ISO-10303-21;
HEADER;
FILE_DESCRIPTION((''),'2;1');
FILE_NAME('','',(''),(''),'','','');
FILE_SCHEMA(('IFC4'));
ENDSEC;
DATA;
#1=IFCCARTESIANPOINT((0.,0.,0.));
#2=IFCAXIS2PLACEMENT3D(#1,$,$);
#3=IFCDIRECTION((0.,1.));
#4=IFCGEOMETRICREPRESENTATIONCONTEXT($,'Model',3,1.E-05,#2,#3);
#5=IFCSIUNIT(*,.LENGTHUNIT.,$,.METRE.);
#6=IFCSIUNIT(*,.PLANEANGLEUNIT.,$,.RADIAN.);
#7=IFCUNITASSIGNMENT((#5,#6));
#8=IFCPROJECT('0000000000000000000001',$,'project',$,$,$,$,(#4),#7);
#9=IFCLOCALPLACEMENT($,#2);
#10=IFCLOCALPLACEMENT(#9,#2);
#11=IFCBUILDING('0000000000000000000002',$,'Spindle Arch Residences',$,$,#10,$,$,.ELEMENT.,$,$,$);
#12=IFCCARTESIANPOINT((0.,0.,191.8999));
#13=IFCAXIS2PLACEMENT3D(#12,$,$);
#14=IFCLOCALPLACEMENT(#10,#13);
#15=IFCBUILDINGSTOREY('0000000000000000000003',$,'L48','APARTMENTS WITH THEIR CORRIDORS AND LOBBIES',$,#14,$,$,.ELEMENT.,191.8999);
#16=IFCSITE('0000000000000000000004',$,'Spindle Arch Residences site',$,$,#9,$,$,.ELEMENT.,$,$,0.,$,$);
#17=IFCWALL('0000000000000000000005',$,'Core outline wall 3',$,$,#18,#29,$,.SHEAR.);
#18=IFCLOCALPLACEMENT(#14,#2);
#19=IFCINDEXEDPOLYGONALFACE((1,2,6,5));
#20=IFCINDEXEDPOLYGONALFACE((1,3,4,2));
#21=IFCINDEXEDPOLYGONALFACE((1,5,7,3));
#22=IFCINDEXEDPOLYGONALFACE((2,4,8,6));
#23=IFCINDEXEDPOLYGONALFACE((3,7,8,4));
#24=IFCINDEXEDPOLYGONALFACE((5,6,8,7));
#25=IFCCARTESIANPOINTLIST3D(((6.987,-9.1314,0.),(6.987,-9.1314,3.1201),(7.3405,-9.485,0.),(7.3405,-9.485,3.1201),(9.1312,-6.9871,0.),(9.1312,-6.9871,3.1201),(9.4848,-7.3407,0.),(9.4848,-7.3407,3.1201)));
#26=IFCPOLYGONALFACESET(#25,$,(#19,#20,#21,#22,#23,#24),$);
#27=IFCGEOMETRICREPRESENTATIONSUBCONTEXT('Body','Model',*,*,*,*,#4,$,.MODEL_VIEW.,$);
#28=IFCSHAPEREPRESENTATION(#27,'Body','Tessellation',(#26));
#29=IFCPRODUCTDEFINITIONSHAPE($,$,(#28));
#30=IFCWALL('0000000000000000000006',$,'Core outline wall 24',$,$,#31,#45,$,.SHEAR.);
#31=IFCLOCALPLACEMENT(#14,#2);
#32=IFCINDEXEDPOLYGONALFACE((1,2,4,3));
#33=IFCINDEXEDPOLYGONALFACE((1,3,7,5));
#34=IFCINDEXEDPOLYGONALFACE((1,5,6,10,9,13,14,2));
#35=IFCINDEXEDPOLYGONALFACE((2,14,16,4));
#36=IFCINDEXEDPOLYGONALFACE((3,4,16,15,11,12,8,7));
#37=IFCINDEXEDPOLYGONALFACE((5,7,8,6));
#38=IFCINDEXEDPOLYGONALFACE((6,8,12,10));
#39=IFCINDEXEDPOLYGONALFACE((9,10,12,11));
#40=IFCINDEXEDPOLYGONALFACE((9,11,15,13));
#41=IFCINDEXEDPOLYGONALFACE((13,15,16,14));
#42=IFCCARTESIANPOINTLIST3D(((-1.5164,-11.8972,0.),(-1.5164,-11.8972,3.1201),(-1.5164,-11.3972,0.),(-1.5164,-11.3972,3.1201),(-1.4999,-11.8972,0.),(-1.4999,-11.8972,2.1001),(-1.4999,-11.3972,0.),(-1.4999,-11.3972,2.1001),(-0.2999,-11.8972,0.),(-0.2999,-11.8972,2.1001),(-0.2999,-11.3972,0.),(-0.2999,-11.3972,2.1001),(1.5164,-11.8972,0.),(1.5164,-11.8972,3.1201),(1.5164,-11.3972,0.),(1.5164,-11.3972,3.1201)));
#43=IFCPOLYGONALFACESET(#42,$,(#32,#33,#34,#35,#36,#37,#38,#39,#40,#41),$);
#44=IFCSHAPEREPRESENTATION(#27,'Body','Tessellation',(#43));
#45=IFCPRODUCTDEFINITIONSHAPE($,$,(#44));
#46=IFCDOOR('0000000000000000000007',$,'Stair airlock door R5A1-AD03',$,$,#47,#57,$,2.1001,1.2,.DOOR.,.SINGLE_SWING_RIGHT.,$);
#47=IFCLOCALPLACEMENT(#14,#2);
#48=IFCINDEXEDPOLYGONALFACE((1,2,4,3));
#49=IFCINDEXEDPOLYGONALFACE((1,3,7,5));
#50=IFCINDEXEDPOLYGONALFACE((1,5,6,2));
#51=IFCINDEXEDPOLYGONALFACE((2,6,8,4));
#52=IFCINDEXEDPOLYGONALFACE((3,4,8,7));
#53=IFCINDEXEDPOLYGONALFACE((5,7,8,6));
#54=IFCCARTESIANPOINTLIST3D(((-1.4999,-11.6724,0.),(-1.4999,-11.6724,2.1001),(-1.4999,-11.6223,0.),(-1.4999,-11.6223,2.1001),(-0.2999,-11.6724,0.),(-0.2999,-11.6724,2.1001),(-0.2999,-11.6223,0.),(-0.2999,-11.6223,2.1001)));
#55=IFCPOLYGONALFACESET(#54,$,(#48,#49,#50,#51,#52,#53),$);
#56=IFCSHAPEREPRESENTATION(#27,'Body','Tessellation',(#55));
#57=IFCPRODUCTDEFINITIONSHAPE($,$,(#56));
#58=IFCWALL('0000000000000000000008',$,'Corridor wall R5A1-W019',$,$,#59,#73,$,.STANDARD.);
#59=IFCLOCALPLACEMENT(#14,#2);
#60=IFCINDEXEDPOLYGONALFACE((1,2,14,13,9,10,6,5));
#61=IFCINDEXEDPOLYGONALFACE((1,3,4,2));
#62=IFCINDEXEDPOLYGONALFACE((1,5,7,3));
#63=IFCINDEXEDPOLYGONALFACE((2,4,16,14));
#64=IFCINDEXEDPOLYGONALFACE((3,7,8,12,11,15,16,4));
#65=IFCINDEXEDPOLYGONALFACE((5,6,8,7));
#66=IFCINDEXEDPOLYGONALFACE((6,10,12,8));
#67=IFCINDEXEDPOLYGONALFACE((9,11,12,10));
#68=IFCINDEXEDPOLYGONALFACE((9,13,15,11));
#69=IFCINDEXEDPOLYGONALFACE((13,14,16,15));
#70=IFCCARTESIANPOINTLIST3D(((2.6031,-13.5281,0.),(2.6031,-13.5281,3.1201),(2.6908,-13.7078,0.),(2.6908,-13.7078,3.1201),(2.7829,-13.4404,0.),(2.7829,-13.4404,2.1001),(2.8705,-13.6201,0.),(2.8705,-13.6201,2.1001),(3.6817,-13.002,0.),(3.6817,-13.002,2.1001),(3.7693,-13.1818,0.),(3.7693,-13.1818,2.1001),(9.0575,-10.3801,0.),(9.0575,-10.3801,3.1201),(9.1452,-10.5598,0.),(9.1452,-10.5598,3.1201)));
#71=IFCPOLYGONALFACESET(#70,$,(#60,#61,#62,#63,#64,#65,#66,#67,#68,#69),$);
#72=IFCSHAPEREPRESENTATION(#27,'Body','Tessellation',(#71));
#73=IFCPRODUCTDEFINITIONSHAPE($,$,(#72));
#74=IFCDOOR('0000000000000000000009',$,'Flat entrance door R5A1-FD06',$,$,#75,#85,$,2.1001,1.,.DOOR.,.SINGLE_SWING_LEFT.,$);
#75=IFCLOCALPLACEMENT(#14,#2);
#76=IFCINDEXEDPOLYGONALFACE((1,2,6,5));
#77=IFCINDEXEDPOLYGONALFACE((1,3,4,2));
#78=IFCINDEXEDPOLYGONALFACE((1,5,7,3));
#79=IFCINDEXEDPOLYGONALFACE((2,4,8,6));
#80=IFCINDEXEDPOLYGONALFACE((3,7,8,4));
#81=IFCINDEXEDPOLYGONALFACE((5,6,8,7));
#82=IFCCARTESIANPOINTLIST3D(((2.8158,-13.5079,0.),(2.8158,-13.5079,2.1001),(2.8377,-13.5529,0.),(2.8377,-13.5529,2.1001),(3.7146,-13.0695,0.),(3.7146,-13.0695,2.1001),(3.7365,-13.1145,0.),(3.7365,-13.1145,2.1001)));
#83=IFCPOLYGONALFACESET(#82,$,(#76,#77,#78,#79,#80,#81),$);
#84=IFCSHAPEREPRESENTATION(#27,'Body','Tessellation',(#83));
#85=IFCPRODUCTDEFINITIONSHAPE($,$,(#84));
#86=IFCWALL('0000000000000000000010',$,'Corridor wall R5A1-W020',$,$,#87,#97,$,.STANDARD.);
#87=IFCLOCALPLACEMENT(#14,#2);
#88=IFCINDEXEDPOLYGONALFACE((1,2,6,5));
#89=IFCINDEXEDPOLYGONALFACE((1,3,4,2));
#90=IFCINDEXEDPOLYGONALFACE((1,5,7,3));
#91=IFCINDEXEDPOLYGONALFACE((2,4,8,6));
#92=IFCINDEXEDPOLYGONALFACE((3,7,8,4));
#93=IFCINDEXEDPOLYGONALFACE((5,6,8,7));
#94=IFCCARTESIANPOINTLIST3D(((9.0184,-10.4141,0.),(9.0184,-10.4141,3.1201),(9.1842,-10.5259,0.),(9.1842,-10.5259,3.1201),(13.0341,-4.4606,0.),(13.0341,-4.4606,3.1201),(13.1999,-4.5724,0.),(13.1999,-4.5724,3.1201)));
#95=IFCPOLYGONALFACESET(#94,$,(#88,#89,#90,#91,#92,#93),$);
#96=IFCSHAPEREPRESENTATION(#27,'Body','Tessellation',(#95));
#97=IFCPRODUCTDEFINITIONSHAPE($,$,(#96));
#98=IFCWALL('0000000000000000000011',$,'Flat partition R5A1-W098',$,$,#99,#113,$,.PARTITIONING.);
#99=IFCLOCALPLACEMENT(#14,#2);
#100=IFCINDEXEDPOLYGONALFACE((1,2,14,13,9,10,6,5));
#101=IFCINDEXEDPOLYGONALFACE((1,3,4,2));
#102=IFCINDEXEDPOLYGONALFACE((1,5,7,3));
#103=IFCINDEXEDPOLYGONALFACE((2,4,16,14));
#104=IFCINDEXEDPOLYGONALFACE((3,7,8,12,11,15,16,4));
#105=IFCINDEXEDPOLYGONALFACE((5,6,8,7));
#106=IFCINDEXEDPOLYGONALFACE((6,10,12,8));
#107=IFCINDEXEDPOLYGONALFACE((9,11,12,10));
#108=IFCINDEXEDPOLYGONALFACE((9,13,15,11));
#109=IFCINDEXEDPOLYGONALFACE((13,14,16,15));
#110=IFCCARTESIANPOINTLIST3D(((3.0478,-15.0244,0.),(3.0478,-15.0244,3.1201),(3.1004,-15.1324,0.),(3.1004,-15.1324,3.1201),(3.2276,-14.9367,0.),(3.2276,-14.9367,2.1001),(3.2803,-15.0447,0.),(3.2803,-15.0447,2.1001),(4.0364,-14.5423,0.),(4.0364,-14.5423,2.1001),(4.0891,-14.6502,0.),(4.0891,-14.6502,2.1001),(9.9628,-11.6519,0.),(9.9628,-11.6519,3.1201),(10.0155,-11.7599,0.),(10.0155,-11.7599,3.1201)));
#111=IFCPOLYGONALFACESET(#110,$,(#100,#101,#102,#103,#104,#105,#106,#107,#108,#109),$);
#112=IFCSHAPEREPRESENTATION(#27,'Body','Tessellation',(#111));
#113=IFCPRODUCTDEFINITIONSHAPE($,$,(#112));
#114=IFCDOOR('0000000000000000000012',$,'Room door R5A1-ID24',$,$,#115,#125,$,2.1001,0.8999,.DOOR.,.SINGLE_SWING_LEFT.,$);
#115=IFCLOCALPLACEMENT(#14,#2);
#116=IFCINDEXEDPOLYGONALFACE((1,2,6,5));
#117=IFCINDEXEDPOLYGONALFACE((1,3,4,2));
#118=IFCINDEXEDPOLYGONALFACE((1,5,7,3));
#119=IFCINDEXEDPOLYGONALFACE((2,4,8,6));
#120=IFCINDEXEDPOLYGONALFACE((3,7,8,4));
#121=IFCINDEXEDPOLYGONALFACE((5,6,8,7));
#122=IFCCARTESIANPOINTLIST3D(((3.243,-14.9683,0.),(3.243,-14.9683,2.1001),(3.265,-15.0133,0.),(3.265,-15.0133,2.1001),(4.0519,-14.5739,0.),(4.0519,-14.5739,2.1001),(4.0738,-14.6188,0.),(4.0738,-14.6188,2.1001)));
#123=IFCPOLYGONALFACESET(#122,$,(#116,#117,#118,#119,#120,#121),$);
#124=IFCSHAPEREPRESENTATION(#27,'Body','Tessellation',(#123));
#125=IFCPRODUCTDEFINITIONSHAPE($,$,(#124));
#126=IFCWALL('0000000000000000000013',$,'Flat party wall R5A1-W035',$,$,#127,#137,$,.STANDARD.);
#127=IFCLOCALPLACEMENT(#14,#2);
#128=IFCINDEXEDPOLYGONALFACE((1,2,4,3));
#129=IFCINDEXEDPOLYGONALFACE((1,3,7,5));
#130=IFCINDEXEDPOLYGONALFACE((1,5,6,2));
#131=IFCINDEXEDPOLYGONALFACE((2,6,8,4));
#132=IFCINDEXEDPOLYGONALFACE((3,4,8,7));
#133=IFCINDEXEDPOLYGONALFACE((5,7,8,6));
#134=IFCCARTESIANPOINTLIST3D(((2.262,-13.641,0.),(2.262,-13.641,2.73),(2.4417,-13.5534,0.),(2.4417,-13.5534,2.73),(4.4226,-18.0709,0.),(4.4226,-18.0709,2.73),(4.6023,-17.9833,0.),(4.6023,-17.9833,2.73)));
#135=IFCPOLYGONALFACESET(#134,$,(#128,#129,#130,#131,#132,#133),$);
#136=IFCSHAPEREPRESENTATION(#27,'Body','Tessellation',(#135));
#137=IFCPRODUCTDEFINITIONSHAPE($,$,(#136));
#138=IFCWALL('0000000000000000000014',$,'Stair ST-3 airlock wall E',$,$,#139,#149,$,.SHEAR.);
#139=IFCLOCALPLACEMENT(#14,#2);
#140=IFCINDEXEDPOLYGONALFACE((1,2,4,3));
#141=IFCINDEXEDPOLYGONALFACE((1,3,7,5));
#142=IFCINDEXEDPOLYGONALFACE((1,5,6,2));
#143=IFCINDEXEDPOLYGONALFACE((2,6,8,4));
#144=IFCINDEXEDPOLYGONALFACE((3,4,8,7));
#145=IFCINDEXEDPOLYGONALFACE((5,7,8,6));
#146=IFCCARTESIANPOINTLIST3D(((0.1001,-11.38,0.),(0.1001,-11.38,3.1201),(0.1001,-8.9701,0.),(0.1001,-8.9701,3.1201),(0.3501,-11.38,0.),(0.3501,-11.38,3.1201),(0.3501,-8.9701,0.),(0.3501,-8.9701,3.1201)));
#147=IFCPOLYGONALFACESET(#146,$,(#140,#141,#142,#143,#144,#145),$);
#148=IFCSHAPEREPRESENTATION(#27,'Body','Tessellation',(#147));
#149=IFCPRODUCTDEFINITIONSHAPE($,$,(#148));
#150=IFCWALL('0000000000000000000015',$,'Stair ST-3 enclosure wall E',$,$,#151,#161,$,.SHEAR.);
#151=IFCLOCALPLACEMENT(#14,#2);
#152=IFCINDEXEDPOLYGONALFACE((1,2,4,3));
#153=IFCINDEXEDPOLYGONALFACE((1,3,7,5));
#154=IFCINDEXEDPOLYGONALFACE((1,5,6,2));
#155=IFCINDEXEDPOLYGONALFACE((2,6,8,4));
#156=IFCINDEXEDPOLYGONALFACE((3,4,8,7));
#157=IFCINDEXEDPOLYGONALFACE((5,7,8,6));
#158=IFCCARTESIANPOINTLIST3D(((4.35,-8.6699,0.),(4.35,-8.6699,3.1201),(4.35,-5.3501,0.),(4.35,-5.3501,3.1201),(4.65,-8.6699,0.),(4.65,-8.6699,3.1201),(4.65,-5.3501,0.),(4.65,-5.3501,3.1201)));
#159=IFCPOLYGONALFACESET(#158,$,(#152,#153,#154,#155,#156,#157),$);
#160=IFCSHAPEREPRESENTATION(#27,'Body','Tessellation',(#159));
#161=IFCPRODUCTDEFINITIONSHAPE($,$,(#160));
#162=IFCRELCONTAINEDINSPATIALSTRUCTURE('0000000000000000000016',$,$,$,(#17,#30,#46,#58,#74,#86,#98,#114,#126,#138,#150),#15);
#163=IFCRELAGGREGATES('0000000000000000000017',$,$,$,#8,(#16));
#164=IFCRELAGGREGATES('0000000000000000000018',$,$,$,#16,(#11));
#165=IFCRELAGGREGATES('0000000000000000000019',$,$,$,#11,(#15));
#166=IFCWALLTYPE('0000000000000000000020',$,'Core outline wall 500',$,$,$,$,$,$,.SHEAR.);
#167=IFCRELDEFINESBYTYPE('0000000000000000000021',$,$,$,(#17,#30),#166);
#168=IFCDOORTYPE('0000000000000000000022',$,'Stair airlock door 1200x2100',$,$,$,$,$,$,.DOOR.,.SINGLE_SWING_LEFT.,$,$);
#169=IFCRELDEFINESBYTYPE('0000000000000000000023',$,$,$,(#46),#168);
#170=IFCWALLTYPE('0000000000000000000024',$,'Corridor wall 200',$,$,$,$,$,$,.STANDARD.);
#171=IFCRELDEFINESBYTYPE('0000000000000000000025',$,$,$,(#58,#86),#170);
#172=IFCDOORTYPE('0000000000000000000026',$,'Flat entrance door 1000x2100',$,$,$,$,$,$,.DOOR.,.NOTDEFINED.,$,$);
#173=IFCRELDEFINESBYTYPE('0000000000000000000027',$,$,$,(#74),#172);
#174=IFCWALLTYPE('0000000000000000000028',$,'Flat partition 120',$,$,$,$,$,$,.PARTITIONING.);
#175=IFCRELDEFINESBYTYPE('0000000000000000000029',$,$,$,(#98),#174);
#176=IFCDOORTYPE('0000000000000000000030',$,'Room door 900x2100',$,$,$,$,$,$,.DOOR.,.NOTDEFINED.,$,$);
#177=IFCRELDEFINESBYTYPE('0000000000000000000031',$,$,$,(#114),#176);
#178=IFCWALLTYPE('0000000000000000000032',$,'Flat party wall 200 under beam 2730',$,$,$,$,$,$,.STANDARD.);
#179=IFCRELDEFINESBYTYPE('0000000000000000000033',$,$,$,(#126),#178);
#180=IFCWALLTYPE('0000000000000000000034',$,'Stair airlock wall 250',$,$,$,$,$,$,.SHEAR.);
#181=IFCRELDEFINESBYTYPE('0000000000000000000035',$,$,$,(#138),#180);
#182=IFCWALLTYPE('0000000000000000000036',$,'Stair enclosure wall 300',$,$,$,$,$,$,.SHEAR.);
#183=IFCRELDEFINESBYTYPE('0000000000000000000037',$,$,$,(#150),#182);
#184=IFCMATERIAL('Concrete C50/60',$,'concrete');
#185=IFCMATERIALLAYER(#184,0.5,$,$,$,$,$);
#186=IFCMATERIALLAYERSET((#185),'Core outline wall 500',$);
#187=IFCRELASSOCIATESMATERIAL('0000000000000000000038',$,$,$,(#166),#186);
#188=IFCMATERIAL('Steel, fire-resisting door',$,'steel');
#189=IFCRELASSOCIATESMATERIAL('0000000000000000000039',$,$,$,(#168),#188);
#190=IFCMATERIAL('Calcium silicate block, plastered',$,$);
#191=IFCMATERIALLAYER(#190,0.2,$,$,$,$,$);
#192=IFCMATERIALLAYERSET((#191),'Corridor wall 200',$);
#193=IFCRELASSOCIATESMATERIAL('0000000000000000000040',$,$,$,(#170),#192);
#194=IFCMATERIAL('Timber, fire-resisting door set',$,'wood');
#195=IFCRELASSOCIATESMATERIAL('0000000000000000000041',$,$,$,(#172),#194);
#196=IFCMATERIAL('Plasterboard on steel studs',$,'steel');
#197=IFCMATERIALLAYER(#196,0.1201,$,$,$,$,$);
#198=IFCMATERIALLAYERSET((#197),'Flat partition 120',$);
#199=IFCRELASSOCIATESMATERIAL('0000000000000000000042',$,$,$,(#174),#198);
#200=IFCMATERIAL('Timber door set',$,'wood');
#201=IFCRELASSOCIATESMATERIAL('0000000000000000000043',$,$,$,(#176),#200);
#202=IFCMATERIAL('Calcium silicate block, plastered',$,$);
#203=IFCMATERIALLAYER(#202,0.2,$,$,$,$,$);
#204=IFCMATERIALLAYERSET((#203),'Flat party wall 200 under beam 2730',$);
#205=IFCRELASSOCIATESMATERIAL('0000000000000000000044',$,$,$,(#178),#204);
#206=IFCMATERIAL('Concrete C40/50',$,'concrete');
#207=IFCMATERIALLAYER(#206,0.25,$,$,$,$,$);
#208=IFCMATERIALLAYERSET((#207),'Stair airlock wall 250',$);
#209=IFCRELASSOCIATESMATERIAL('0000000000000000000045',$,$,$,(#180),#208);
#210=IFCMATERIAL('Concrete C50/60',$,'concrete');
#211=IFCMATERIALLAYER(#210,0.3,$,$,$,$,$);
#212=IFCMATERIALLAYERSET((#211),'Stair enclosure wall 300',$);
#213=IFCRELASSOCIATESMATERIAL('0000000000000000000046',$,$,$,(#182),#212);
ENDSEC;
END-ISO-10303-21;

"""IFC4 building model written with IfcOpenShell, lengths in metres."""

from ifc_helpers import new_model, si_unit, direction, frame, frame_2d, origin, place, context, subcontext, project, spatial, rectangle, extrude, material, layer, layer_set, type_object, element, fill, save


model = new_model("IFC4")

# Units and contexts
model_context = context("Model", 3, precision=1e-05, world=origin(), true_north=direction((0.0, 1.0)))
body_context = subcontext(model_context, "Body", "Model", "MODEL_VIEW")
ifc_project = project(units=[si_unit("LENGTHUNIT", "METRE"), si_unit("PLANEANGLEUNIT", "RADIAN")], contexts=[model_context])

# Site, building, storey
site_placement = place(None, origin())
site = spatial("IfcSite", under=ifc_project, at=site_placement, Name="Spindle Arch Residences site", CompositionType="ELEMENT", RefElevation=0.0)
building_placement = place(site_placement, origin())
building = spatial("IfcBuilding", under=site, at=building_placement, Name="Spindle Arch Residences", CompositionType="ELEMENT")
storey_placement = place(building_placement, frame((0.0, 0.0, 191.8999)))
storey = spatial("IfcBuildingStorey", under=building, at=storey_placement, Name="L48", Description="APARTMENTS WITH THEIR CORRIDORS AND LOBBIES", CompositionType="ELEMENT", Elevation=191.8999)

# Shared definitions
ifc_material_1 = material(Name="Concrete C50/60", Category="concrete")
ifc_layer_1 = layer(ifc_material_1, 0.5)
ifc_layer_set_1 = layer_set([ifc_layer_1], Name="Core outline wall 500")
wall_type_1 = type_object("IfcWallType", Name="Core outline wall 500", PredefinedType="SHEAR", material=ifc_layer_set_1)

# Wall
wall_1_placement = place(storey_placement, frame((7.1638, -9.3081, 0.0), z_axis=(0.0, 0.0, 1.0), x_axis=(0.707107, 0.707107, 0.0)))
element("IfcWall", 1, at=wall_1_placement, inside=storey, type_object=wall_type_1, Name="Core outline wall 3", PredefinedType="SHEAR", context=body_context, shape_type="SweptSolid", body=[
    extrude(rectangle(XDim=3.0325, YDim=0.5, at=frame_2d((1.5161, 0.0))), origin(), (0.0, 0.0, 1.0), 3.1201),
])

# Walls, openings, doors
wall_2_placement = place(storey_placement, frame((-1.5164, -11.6472, 0.0), z_axis=(0.0, 0.0, 1.0), x_axis=(1.0, 0.0, 0.0)))
wall_2 = element("IfcWall", 2, at=wall_2_placement, inside=storey, type_object=wall_type_1, Name="Core outline wall 24", PredefinedType="SHEAR", context=body_context, shape_type="SweptSolid", body=[
    extrude(rectangle(XDim=3.0327, YDim=0.5, at=frame_2d((1.5164, 0.0))), origin(), (0.0, 0.0, 1.0), 3.1201),
])
opening_1_placement = place(wall_2_placement, frame((0.0164, 0.0, 0.0)))
opening_1 = element("IfcOpeningElement", 3, at=opening_1_placement, cuts=wall_2, PredefinedType="OPENING", context=body_context, shape_type="SweptSolid", body=[
    extrude(rectangle(XDim=1.2, YDim=2.1001, at=frame_2d((0.6001, 1.05))), frame((0.0, 0.26, 0.0), z_axis=(0.0, -1.0, 0.0), x_axis=(1.0, 0.0, 0.0)), (0.0, 0.0, 1.0), 0.52),
])
ifc_material_2 = material(Name="Steel, fire-resisting door", Category="steel")
door_type_1 = type_object("IfcDoorType", Name="Stair airlock door 1200x2100", OperationType="SINGLE_SWING_LEFT", PredefinedType="DOOR", material=ifc_material_2)
door_1_placement = place(opening_1_placement, origin())
door_1 = element("IfcDoor", 4, at=door_1_placement, inside=storey, type_object=door_type_1, Name="Stair airlock door R5A1-AD03", OperationType="SINGLE_SWING_RIGHT", OverallHeight=2.1001, OverallWidth=1.2, PredefinedType="DOOR", context=body_context, shape_type="SweptSolid", body=[
    extrude(rectangle(XDim=1.2, YDim=2.1001, at=frame_2d((0.6001, 1.05))), frame((0.0, 0.0249, 0.0), z_axis=(0.0, -1.0, 0.0), x_axis=(1.0, 0.0, 0.0)), (0.0, 0.0, 1.0), 0.05),
])
fill(opening_1, door_1)
ifc_material_3 = material(Name="Calcium silicate block, plastered")
ifc_layer_2 = layer(ifc_material_3, 0.2)
ifc_layer_set_2 = layer_set([ifc_layer_2], Name="Corridor wall 200")
wall_type_2 = type_object("IfcWallType", Name="Corridor wall 200", PredefinedType="STANDARD", material=ifc_layer_set_2)
wall_3_placement = place(storey_placement, frame((2.647, -13.6179, 0.0), z_axis=(0.0, 0.0, 1.0), x_axis=(0.898797, 0.438366, 0.0)))
wall_3 = element("IfcWall", 5, at=wall_3_placement, inside=storey, type_object=wall_type_2, Name="Corridor wall R5A1-W019", PredefinedType="STANDARD", context=body_context, shape_type="SweptSolid", body=[
    extrude(rectangle(XDim=7.1812, YDim=0.2, at=frame_2d((3.5906, 0.0))), origin(), (0.0, 0.0, 1.0), 3.1201),
])
opening_2_placement = place(wall_3_placement, frame((0.2, 0.0, 0.0)))
opening_2 = element("IfcOpeningElement", 6, at=opening_2_placement, cuts=wall_3, PredefinedType="OPENING", context=body_context, shape_type="SweptSolid", body=[
    extrude(rectangle(XDim=1.0, YDim=2.1001, at=frame_2d((0.5, 1.05))), frame((0.0, 0.1099, 0.0), z_axis=(0.0, -1.0, 0.0), x_axis=(1.0, 0.0, 0.0)), (0.0, 0.0, 1.0), 0.22),
])
ifc_material_4 = material(Name="Timber, fire-resisting door set", Category="wood")
door_type_2 = type_object("IfcDoorType", Name="Flat entrance door 1000x2100", OperationType="NOTDEFINED", PredefinedType="DOOR", material=ifc_material_4)
door_2_placement = place(opening_2_placement, origin())
door_2 = element("IfcDoor", 7, at=door_2_placement, inside=storey, type_object=door_type_2, Name="Flat entrance door R5A1-FD06", OperationType="SINGLE_SWING_LEFT", OverallHeight=2.1001, OverallWidth=1.0, PredefinedType="DOOR", context=body_context, shape_type="SweptSolid", body=[
    extrude(rectangle(XDim=1.0, YDim=2.1001, at=frame_2d((0.5, 1.05))), frame((0.0, 0.0249, 0.0), z_axis=(0.0, -1.0, 0.0), x_axis=(1.0, 0.0, 0.0)), (0.0, 0.0, 1.0), 0.05),
])
fill(opening_2, door_2)

# Wall
wall_4_placement = place(storey_placement, frame((9.1013, -10.47, 0.0), z_axis=(0.0, 0.0, 1.0), x_axis=(0.559195, 0.829036, 0.0)))
element("IfcWall", 8, at=wall_4_placement, inside=storey, type_object=wall_type_2, Name="Corridor wall R5A1-W020", PredefinedType="STANDARD", context=body_context, shape_type="SweptSolid", body=[
    extrude(rectangle(XDim=7.1812, YDim=0.2, at=frame_2d((3.5906, 0.0))), origin(), (0.0, 0.0, 1.0), 3.1201),
])

# Wall, opening, door
ifc_material_5 = material(Name="Plasterboard on steel studs", Category="steel")
ifc_layer_3 = layer(ifc_material_5, 0.1201)
ifc_layer_set_3 = layer_set([ifc_layer_3], Name="Flat partition 120")
wall_type_3 = type_object("IfcWallType", Name="Flat partition 120", PredefinedType="PARTITIONING", material=ifc_layer_set_3)
wall_5_placement = place(storey_placement, frame((3.0742, -15.0784, 0.0), z_axis=(0.0, 0.0, 1.0), x_axis=(0.898801, 0.438357, 0.0)))
wall_5 = element("IfcWall", 9, at=wall_5_placement, inside=storey, type_object=wall_type_3, Name="Flat partition R5A1-W098", PredefinedType="PARTITIONING", context=body_context, shape_type="SweptSolid", body=[
    extrude(rectangle(XDim=7.6936, YDim=0.1201, at=frame_2d((3.8467, 0.0))), origin(), (0.0, 0.0, 1.0), 3.1201),
])
opening_3_placement = place(wall_5_placement, frame((0.2, 0.0, 0.0)))
opening_3 = element("IfcOpeningElement", 10, at=opening_3_placement, cuts=wall_5, PredefinedType="OPENING", context=body_context, shape_type="SweptSolid", body=[
    extrude(rectangle(XDim=0.8999, YDim=2.1001, at=frame_2d((0.45, 1.05))), frame((0.0, 0.0701, 0.0), z_axis=(0.0, -1.0, 0.0), x_axis=(1.0, 0.0, 0.0)), (0.0, 0.0, 1.0), 0.1401),
])
ifc_material_6 = material(Name="Timber door set", Category="wood")
door_type_3 = type_object("IfcDoorType", Name="Room door 900x2100", OperationType="NOTDEFINED", PredefinedType="DOOR", material=ifc_material_6)
door_3_placement = place(opening_3_placement, origin())
door_3 = element("IfcDoor", 11, at=door_3_placement, inside=storey, type_object=door_type_3, Name="Room door R5A1-ID24", OperationType="SINGLE_SWING_LEFT", OverallHeight=2.1001, OverallWidth=0.8999, PredefinedType="DOOR", context=body_context, shape_type="SweptSolid", body=[
    extrude(rectangle(XDim=0.8999, YDim=2.1001, at=frame_2d((0.45, 1.05))), frame((0.0, 0.0249, 0.0), z_axis=(0.0, -1.0, 0.0), x_axis=(1.0, 0.0, 0.0)), (0.0, 0.0, 1.0), 0.05),
])
fill(opening_3, door_3)

# Wall
ifc_material_7 = material(Name="Calcium silicate block, plastered")
ifc_layer_4 = layer(ifc_material_7, 0.2)
ifc_layer_set_4 = layer_set([ifc_layer_4], Name="Flat party wall 200 under beam 2730")
wall_type_4 = type_object("IfcWallType", Name="Flat party wall 200 under beam 2730", PredefinedType="STANDARD", material=ifc_layer_set_4)
wall_6_placement = place(storey_placement, frame((4.5125, -18.0271, 0.0), z_axis=(0.0, 0.0, 1.0), x_axis=(-0.438375, 0.898792, 0.0)))
element("IfcWall", 12, at=wall_6_placement, inside=storey, type_object=wall_type_4, Name="Flat party wall R5A1-W035", PredefinedType="STANDARD", context=body_context, shape_type="SweptSolid", body=[
    extrude(rectangle(XDim=4.9287, YDim=0.2, at=frame_2d((2.4644, 0.0))), origin(), (0.0, 0.0, 1.0), 2.73),
])

# Walls
ifc_material_8 = material(Name="Concrete C40/50", Category="concrete")
ifc_layer_5 = layer(ifc_material_8, 0.25)
ifc_layer_set_5 = layer_set([ifc_layer_5], Name="Stair airlock wall 250")
wall_type_5 = type_object("IfcWallType", Name="Stair airlock wall 250", PredefinedType="SHEAR", material=ifc_layer_set_5)
wall_7_placement = place(storey_placement, frame((0.2251, -8.97, 0.0), z_axis=(0.0, 0.0, 1.0), x_axis=(0.0, -1.0, 0.0)))
element("IfcWall", 13, at=wall_7_placement, inside=storey, type_object=wall_type_5, Name="Stair ST-3 airlock wall E", PredefinedType="SHEAR", context=body_context, shape_type="SweptSolid", body=[
    extrude(rectangle(XDim=2.4099, YDim=0.25, at=frame_2d((1.2051, 0.0))), origin(), (0.0, 0.0, 1.0), 3.1201),
])
ifc_material_9 = material(Name="Concrete C50/60", Category="concrete")
ifc_layer_6 = layer(ifc_material_9, 0.3)
ifc_layer_set_6 = layer_set([ifc_layer_6], Name="Stair enclosure wall 300")
wall_type_6 = type_object("IfcWallType", Name="Stair enclosure wall 300", PredefinedType="SHEAR", material=ifc_layer_set_6)
wall_8_placement = place(storey_placement, frame((4.5, -8.6699, 0.0), z_axis=(0.0, 0.0, 1.0), x_axis=(0.0, 1.0, 0.0)))
element("IfcWall", 14, at=wall_8_placement, inside=storey, type_object=wall_type_6, Name="Stair ST-3 enclosure wall E", PredefinedType="SHEAR", context=body_context, shape_type="SweptSolid", body=[
    extrude(rectangle(XDim=3.3198, YDim=0.3, at=frame_2d((1.6599, 0.0))), origin(), (0.0, 0.0, 1.0), 3.1201),
])

save(model, "model.ifc")
